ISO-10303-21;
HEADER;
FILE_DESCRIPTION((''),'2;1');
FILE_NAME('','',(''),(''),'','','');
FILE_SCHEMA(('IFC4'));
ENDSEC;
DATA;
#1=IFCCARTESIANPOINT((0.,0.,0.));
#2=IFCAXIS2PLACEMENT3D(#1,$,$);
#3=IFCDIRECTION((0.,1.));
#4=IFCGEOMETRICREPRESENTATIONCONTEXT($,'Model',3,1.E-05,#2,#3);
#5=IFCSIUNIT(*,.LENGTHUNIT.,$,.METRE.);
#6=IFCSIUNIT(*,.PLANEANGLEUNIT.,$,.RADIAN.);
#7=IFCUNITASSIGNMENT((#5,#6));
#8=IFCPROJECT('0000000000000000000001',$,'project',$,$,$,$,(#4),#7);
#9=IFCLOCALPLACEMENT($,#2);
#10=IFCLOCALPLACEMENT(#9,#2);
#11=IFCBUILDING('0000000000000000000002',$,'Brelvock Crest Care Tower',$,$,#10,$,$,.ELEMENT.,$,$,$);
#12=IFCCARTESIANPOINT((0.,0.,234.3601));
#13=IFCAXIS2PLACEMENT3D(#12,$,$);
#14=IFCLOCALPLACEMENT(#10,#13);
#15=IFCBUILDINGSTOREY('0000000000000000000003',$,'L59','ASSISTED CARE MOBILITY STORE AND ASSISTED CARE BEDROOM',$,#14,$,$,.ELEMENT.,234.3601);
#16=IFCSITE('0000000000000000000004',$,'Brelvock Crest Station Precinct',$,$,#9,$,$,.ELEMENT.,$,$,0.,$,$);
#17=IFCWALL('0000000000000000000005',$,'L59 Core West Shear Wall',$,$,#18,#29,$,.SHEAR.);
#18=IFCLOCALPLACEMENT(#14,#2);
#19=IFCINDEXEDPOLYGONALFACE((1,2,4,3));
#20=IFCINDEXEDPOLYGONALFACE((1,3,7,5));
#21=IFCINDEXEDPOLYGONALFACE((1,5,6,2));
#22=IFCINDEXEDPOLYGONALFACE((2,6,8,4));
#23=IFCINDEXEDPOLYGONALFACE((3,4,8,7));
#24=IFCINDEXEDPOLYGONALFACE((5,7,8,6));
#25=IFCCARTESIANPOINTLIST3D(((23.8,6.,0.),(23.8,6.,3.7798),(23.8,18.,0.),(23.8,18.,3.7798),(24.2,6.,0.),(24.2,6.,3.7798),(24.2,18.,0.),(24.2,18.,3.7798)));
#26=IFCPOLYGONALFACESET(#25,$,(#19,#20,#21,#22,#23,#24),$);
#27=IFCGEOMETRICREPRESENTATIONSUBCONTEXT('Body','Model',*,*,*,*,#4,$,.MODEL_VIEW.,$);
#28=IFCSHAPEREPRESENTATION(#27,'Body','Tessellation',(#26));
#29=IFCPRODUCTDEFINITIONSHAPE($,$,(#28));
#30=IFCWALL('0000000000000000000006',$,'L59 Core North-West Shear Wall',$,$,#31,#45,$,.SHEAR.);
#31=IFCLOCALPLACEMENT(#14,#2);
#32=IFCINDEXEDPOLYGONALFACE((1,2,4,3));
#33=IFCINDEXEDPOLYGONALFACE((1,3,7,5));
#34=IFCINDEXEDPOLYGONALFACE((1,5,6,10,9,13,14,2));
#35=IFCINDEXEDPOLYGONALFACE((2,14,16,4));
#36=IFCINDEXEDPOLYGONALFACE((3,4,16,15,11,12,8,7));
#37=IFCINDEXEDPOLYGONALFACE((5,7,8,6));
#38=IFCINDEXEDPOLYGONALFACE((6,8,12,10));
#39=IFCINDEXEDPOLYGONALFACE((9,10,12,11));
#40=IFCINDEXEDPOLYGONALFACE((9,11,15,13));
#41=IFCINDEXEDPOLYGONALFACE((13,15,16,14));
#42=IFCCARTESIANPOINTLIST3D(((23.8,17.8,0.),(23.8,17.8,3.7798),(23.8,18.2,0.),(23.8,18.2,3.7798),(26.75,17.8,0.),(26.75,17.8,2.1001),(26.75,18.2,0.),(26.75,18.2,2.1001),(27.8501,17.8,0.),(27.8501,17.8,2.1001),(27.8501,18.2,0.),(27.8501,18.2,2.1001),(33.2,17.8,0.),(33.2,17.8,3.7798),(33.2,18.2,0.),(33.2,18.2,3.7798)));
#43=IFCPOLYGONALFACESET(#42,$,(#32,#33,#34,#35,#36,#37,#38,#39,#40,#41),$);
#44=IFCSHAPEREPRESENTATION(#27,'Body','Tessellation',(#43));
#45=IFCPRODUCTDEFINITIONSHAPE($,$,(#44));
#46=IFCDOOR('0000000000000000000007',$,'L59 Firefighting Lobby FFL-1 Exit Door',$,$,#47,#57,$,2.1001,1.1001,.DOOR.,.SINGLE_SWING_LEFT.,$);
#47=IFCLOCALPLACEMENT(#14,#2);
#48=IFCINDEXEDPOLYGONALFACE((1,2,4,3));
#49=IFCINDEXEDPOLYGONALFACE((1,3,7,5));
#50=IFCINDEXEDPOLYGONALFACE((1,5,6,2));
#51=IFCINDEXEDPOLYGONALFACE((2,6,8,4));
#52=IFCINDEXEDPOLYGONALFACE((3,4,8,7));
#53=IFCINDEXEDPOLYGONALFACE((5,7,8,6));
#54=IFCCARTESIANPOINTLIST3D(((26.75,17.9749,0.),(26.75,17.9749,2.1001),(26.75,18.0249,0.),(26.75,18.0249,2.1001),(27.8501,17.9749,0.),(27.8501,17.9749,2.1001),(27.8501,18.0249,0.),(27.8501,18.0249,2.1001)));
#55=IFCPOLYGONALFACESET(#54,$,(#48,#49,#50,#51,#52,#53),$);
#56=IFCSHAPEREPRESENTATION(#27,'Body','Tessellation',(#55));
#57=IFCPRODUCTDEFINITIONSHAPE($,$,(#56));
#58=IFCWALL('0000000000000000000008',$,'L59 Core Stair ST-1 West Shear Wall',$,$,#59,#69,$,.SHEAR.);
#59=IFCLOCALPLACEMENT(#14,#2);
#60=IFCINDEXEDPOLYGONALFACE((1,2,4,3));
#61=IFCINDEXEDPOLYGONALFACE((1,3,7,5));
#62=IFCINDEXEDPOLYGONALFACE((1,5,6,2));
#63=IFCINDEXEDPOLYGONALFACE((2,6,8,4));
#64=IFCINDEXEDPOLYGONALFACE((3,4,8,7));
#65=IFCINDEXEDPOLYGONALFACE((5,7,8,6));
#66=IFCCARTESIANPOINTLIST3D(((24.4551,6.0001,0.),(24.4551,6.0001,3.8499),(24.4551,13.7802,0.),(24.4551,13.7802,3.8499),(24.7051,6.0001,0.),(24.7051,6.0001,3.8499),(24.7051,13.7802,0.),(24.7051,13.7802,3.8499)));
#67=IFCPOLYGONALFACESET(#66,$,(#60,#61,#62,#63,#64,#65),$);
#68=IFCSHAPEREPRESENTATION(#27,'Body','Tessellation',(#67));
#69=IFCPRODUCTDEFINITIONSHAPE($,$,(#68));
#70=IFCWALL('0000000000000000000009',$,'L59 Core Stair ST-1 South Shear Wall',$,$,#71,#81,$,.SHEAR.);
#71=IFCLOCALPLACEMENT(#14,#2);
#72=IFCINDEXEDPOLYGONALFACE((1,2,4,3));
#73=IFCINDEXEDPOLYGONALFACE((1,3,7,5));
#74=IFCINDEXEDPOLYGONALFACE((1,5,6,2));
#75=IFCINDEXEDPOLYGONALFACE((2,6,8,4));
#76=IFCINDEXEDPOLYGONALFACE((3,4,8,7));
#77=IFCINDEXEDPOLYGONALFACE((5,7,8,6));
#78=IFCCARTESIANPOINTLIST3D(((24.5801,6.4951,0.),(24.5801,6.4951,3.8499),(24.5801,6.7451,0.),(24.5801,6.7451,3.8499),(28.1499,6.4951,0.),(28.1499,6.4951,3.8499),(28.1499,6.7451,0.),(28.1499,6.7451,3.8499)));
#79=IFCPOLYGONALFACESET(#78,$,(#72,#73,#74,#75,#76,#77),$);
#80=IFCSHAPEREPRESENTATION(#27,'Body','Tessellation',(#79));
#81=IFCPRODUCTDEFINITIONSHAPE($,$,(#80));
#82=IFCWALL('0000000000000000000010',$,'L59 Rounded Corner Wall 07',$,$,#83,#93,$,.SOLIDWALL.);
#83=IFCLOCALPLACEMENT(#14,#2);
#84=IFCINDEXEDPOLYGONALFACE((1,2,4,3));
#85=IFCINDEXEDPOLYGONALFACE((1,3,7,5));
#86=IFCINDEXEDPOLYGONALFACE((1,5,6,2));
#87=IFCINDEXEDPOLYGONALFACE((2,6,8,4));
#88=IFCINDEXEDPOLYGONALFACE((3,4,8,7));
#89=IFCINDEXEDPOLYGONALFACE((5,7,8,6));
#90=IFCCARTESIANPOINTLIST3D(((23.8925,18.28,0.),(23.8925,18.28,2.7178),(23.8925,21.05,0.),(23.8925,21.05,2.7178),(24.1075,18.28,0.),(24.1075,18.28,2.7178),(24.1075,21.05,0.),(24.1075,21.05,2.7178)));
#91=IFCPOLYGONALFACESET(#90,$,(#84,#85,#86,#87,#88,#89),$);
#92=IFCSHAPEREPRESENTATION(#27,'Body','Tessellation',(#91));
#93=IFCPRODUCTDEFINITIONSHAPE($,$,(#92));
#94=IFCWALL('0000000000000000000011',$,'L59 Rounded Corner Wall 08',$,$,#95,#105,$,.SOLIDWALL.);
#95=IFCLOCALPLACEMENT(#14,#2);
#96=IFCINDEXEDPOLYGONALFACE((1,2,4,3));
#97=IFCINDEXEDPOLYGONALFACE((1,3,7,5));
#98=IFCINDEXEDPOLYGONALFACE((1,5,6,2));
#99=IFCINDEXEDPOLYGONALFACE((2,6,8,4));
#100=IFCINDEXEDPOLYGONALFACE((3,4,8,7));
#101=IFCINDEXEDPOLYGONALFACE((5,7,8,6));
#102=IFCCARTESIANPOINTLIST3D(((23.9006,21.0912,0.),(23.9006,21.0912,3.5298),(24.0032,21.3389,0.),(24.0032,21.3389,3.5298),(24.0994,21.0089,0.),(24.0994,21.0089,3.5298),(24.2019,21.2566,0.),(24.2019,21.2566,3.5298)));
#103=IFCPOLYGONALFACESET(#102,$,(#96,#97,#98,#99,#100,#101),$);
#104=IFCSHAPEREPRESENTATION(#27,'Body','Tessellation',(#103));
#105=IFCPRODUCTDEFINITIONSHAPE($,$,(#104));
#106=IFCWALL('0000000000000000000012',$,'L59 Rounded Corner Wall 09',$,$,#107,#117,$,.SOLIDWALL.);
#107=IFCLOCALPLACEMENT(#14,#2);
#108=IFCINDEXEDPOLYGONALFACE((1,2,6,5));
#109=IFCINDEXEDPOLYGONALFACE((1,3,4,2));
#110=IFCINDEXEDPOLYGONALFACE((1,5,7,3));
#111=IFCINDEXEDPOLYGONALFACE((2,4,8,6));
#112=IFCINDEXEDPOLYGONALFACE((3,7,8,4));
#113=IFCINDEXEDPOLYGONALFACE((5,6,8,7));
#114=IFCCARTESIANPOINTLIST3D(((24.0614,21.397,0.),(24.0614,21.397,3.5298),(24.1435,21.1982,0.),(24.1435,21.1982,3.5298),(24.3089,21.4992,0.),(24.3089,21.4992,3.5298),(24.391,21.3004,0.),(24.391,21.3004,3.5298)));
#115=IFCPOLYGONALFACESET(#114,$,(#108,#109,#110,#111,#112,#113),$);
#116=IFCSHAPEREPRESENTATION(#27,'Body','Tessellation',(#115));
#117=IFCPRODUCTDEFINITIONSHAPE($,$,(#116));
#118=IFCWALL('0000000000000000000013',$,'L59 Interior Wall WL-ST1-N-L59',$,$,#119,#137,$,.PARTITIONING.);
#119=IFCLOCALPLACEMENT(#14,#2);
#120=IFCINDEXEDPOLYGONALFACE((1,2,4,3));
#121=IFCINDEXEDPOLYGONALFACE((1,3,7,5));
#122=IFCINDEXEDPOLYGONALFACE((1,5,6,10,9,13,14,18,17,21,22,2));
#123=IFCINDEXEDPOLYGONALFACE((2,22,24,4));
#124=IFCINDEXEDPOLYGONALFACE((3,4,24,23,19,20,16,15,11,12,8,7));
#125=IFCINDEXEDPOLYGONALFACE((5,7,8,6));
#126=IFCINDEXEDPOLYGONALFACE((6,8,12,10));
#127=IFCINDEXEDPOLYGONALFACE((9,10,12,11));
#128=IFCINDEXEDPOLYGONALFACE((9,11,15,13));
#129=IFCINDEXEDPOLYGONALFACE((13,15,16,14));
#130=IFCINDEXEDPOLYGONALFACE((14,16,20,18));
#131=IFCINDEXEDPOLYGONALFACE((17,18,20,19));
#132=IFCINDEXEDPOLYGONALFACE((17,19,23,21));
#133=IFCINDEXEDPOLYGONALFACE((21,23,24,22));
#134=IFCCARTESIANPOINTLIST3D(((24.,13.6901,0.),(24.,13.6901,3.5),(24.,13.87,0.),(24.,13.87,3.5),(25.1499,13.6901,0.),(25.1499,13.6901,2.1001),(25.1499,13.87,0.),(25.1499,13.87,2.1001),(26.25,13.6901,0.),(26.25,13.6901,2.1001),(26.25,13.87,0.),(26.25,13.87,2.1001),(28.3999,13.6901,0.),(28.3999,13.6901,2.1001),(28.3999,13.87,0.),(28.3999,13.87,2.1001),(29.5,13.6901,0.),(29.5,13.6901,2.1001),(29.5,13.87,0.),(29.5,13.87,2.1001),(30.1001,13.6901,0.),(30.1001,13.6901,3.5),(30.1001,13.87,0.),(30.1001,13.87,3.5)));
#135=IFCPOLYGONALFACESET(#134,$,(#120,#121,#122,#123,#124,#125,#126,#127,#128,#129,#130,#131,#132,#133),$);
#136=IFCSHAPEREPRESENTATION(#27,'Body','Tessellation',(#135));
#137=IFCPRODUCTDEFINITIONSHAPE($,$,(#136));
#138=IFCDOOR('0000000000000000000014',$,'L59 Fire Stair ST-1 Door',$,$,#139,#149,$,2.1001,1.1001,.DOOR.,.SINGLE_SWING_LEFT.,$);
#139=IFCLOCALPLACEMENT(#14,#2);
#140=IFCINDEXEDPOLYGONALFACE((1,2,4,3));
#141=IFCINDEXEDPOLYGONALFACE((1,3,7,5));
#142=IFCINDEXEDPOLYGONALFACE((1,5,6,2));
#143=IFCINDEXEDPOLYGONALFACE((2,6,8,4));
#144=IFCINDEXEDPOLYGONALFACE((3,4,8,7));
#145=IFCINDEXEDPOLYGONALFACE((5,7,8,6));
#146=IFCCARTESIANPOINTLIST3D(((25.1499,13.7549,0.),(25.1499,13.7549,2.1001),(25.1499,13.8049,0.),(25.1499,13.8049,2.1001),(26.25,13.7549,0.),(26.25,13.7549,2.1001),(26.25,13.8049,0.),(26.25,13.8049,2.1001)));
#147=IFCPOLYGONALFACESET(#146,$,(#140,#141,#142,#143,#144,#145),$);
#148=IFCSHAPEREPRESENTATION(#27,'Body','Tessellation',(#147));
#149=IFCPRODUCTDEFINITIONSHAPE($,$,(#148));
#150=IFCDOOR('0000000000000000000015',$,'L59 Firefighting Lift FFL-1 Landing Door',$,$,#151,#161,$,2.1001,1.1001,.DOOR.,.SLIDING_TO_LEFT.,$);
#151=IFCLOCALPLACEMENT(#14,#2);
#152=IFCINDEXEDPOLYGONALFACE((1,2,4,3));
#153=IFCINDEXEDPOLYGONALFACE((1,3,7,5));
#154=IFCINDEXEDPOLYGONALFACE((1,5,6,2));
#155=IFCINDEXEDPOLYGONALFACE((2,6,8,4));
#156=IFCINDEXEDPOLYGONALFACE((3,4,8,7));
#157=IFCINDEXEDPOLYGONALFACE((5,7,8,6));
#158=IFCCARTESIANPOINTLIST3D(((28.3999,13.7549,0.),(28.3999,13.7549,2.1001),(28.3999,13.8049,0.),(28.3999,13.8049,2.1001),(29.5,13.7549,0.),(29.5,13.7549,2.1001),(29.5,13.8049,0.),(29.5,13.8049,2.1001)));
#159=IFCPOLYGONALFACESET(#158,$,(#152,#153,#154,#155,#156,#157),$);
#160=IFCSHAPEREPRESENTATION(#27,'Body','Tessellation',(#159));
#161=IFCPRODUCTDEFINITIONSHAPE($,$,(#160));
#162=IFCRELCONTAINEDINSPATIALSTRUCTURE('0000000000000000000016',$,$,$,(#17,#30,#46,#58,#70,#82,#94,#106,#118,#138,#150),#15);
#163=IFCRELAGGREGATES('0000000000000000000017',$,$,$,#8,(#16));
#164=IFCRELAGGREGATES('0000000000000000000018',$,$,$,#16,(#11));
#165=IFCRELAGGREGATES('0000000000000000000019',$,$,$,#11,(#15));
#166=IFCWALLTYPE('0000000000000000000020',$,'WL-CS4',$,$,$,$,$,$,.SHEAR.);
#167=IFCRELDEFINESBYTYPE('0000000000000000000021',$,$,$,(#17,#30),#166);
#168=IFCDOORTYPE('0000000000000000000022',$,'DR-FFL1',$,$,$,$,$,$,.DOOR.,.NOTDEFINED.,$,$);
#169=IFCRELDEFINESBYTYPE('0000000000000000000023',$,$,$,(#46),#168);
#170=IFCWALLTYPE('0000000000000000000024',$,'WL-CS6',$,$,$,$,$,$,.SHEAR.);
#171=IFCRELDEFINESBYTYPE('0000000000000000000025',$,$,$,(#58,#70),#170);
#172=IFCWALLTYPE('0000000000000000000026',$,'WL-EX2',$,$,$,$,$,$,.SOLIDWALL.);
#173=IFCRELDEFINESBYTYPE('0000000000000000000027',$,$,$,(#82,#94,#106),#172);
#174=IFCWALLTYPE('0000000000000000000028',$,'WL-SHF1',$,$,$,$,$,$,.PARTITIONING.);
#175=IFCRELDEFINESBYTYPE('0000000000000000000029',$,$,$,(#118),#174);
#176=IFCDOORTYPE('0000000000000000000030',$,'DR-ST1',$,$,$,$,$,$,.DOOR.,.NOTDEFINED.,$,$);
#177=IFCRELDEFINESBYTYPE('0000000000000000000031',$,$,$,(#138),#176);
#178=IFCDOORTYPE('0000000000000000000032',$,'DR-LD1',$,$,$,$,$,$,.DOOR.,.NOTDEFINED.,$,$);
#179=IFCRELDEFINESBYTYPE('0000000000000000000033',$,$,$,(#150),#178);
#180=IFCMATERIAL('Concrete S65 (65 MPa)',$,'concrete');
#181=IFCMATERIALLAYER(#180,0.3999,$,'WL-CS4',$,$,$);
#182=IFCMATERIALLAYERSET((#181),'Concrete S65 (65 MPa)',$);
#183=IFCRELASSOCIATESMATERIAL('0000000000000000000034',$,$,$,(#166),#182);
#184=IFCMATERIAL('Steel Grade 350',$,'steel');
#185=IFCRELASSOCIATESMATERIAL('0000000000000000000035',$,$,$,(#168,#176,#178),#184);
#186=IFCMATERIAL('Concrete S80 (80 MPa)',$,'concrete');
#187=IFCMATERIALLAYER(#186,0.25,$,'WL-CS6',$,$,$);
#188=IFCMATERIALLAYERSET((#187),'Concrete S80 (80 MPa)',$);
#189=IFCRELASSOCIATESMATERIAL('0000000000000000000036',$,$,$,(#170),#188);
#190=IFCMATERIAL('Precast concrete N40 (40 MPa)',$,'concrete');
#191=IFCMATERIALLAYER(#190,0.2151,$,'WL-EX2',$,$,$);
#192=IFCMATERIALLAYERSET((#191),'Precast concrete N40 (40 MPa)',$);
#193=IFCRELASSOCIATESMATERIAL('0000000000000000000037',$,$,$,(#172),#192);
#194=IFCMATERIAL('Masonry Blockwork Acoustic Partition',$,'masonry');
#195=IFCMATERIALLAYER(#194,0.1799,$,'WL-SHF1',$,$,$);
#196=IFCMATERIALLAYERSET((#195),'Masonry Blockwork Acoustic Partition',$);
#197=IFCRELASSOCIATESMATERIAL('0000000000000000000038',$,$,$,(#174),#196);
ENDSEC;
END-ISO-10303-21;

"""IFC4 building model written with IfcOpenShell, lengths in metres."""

from ifc_helpers import new_model, si_unit, direction, frame, frame_2d, origin, origin_2d, place, context, subcontext, project, spatial, rectangle, extrude, source, transform, mapped, material, layer, layer_set, type_object, element, fill, save


model = new_model("IFC4")

# Units and contexts
model_context = context("Model", 3, precision=1e-05, world=origin(), true_north=direction((0.0, 1.0)))
body_context = subcontext(model_context, "Body", "Model", "MODEL_VIEW")
ifc_project = project(units=[si_unit("LENGTHUNIT", "METRE"), si_unit("PLANEANGLEUNIT", "RADIAN")], contexts=[model_context])

# Site, building, storey
site_placement = place(None, origin())
site = spatial("IfcSite", under=ifc_project, at=site_placement, Name="Brelvock Crest Station Precinct", CompositionType="ELEMENT", RefElevation=0.0)
building_placement = place(site_placement, origin())
building = spatial("IfcBuilding", under=site, at=building_placement, Name="Brelvock Crest Care Tower", CompositionType="ELEMENT")
storey_placement = place(building_placement, frame((0.0, 0.0, 234.3601)))
storey = spatial("IfcBuildingStorey", under=building, at=storey_placement, Name="L59", Description="ASSISTED CARE MOBILITY STORE AND ASSISTED CARE BEDROOM", CompositionType="ELEMENT", Elevation=234.3601)

# Shared definitions
ifc_material_1 = material(Name="Concrete S65 (65 MPa)", Category="concrete")

# Shared definitions
ifc_material_2 = material(Name="Steel Grade 350", Category="steel")

# Wall
ifc_layer_1 = layer(ifc_material_1, 0.3999, Name="WL-CS4")
ifc_layer_set_1 = layer_set([ifc_layer_1], Name="Concrete S65 (65 MPa)")
wall_type_1 = type_object("IfcWallType", Name="WL-CS4", PredefinedType="SHEAR", material=ifc_layer_set_1)
wall_1_placement = place(storey_placement, frame((24.0, 6.0, 0.0), z_axis=(0.0, 0.0, 1.0), x_axis=(0.0, 1.0, 0.0)))
element("IfcWall", 1, at=wall_1_placement, inside=storey, type_object=wall_type_1, Name="L59 Core West Shear Wall", PredefinedType="SHEAR", context=body_context, shape_type="SweptSolid", body=[
    extrude(rectangle(XDim=12.0, YDim=0.3999, at=frame_2d((6.0, 0.0))), origin(), (0.0, 0.0, 1.0), 3.7798),
])

# Wall, opening, door
wall_2_placement = place(storey_placement, frame((23.8, 18.0, 0.0), z_axis=(0.0, 0.0, 1.0), x_axis=(1.0, 0.0, 0.0)))
wall_2 = element("IfcWall", 2, at=wall_2_placement, inside=storey, type_object=wall_type_1, Name="L59 Core North-West Shear Wall", PredefinedType="SHEAR", context=body_context, shape_type="SweptSolid", body=[
    extrude(rectangle(XDim=9.3999, YDim=0.3999, at=frame_2d((4.7, 0.0))), origin(), (0.0, 0.0, 1.0), 3.7798),
])
opening_1_placement = place(wall_2_placement, frame((2.95, 0.0, 0.0)))
opening_1 = element("IfcOpeningElement", 3, at=opening_1_placement, cuts=wall_2, PredefinedType="OPENING", context=body_context, shape_type="SweptSolid", body=[
    extrude(rectangle(XDim=1.1001, YDim=2.1001, at=origin_2d()), frame((0.55, 0.21, 1.05), z_axis=(0.0, -1.0, 0.0), x_axis=(1.0, 0.0, 0.0)), (0.0, 0.0, 1.0), 0.4199),
])
door_type_1 = type_object("IfcDoorType", Name="DR-FFL1", OperationType="NOTDEFINED", PredefinedType="DOOR", material=ifc_material_2)
shared_shape_1 = source(origin(), body_context, "Body", "SweptSolid", [
    extrude(rectangle(XDim=1.1001, YDim=2.1001, at=origin_2d()), frame((0.55, 0.0249, 1.05), z_axis=(0.0, -1.0, 0.0), x_axis=(1.0, 0.0, 0.0)), (0.0, 0.0, 1.0), 0.05),
])
door_1_placement = place(opening_1_placement, origin())
door_1 = element("IfcDoor", 4, at=door_1_placement, inside=storey, type_object=door_type_1, Name="L59 Firefighting Lobby FFL-1 Exit Door", OperationType="SINGLE_SWING_LEFT", OverallHeight=2.1001, OverallWidth=1.1001, PredefinedType="DOOR", context=body_context, shape_type="MappedRepresentation", body=[
    mapped(shared_shape_1, transform((0.0, 0.0, 0.0), x_axis=(1.0, 0.0, 0.0), y_axis=(0.0, 1.0, 0.0), z_axis=(0.0, 0.0, 1.0), scale=1.0)),
])
fill(opening_1, door_1)

# Walls
ifc_material_3 = material(Name="Concrete S80 (80 MPa)", Category="concrete")
ifc_layer_2 = layer(ifc_material_3, 0.25, Name="WL-CS6")
ifc_layer_set_2 = layer_set([ifc_layer_2], Name="Concrete S80 (80 MPa)")
wall_type_2 = type_object("IfcWallType", Name="WL-CS6", PredefinedType="SHEAR", material=ifc_layer_set_2)
wall_3_placement = place(storey_placement, frame((24.5801, 6.0, 0.0), z_axis=(0.0, 0.0, 1.0), x_axis=(0.0, 1.0, 0.0)))
element("IfcWall", 5, at=wall_3_placement, inside=storey, type_object=wall_type_2, Name="L59 Core Stair ST-1 West Shear Wall", PredefinedType="SHEAR", context=body_context, shape_type="SweptSolid", body=[
    extrude(rectangle(XDim=7.78, YDim=0.25, at=frame_2d((3.8901, 0.0))), origin(), (0.0, 0.0, 1.0), 3.8499),
])
wall_4_placement = place(storey_placement, frame((24.5801, 6.6201, 0.0), z_axis=(0.0, 0.0, 1.0), x_axis=(1.0, 0.0, 0.0)))
element("IfcWall", 6, at=wall_4_placement, inside=storey, type_object=wall_type_2, Name="L59 Core Stair ST-1 South Shear Wall", PredefinedType="SHEAR", context=body_context, shape_type="SweptSolid", body=[
    extrude(rectangle(XDim=3.5698, YDim=0.25, at=frame_2d((1.7849, 0.0))), origin(), (0.0, 0.0, 1.0), 3.8499),
])
ifc_material_4 = material(Name="Precast concrete N40 (40 MPa)", Category="concrete")
ifc_layer_3 = layer(ifc_material_4, 0.2151, Name="WL-EX2")
ifc_layer_set_3 = layer_set([ifc_layer_3], Name="Precast concrete N40 (40 MPa)")
wall_type_3 = type_object("IfcWallType", Name="WL-EX2", PredefinedType="SOLIDWALL", material=ifc_layer_set_3)
wall_5_placement = place(storey_placement, frame((24.0, 18.28, 0.0), z_axis=(0.0, 0.0, 1.0), x_axis=(0.0, 1.0, 0.0)))
element("IfcWall", 7, at=wall_5_placement, inside=storey, type_object=wall_type_3, Name="L59 Rounded Corner Wall 07", PredefinedType="SOLIDWALL", context=body_context, shape_type="SweptSolid", body=[
    extrude(rectangle(XDim=2.77, YDim=0.2151, at=frame_2d((1.385, 0.0))), origin(), (0.0, 0.0, 1.0), 2.7178),
])
wall_6_placement = place(storey_placement, frame((24.0, 21.05, 0.0), z_axis=(0.0, 0.0, 1.0), x_axis=(0.382674, 0.923884, 0.0)))
element("IfcWall", 8, at=wall_6_placement, inside=storey, type_object=wall_type_3, Name="L59 Rounded Corner Wall 08", PredefinedType="SOLIDWALL", context=body_context, shape_type="SweptSolid", body=[
    extrude(rectangle(XDim=0.2681, YDim=0.2151, at=frame_2d((0.134, 0.0))), origin(), (0.0, 0.0, 1.0), 3.5298),
])
wall_7_placement = place(storey_placement, frame((24.1025, 21.2976, 0.0), z_axis=(0.0, 0.0, 1.0), x_axis=(0.924205, 0.381896, 0.0)))
element("IfcWall", 9, at=wall_7_placement, inside=storey, type_object=wall_type_3, Name="L59 Rounded Corner Wall 09", PredefinedType="SOLIDWALL", context=body_context, shape_type="SweptSolid", body=[
    extrude(rectangle(XDim=0.2678, YDim=0.2151, at=frame_2d((0.1338, 0.0))), origin(), (0.0, 0.0, 1.0), 3.5298),
])

# Wall, openings, doors
ifc_material_5 = material(Name="Masonry Blockwork Acoustic Partition", Category="masonry")
ifc_layer_4 = layer(ifc_material_5, 0.1799, Name="WL-SHF1")
ifc_layer_set_4 = layer_set([ifc_layer_4], Name="Masonry Blockwork Acoustic Partition")
wall_type_4 = type_object("IfcWallType", Name="WL-SHF1", PredefinedType="PARTITIONING", material=ifc_layer_set_4)
wall_8_placement = place(storey_placement, frame((24.0, 13.78, 0.0), z_axis=(0.0, 0.0, 1.0), x_axis=(1.0, 0.0, 0.0)))
wall_8 = element("IfcWall", 10, at=wall_8_placement, inside=storey, type_object=wall_type_4, Name="L59 Interior Wall WL-ST1-N-L59", PredefinedType="PARTITIONING", context=body_context, shape_type="SweptSolid", body=[
    extrude(rectangle(XDim=6.1001, YDim=0.1799, at=frame_2d((3.05, 0.0))), origin(), (0.0, 0.0, 1.0), 3.5),
])
opening_2_placement = place(wall_8_placement, frame((1.1499, 0.0, 0.0)))
opening_2 = element("IfcOpeningElement", 11, at=opening_2_placement, cuts=wall_8, PredefinedType="OPENING", context=body_context, shape_type="SweptSolid", body=[
    extrude(rectangle(XDim=1.1001, YDim=2.1001, at=origin_2d()), frame((0.55, 0.1001, 1.05), z_axis=(0.0, -1.0, 0.0), x_axis=(1.0, 0.0, 0.0)), (0.0, 0.0, 1.0), 0.2),
])
opening_3_placement = place(wall_8_placement, frame((4.3999, 0.0, 0.0)))
opening_3 = element("IfcOpeningElement", 12, at=opening_3_placement, cuts=wall_8, PredefinedType="OPENING", context=body_context, shape_type="SweptSolid", body=[
    extrude(rectangle(XDim=1.1001, YDim=2.1001, at=origin_2d()), frame((0.55, 0.1001, 1.05), z_axis=(0.0, -1.0, 0.0), x_axis=(1.0, 0.0, 0.0)), (0.0, 0.0, 1.0), 0.2),
])
door_type_2 = type_object("IfcDoorType", Name="DR-ST1", OperationType="NOTDEFINED", PredefinedType="DOOR", material=ifc_material_2)
shared_shape_2 = source(origin(), body_context, "Body", "SweptSolid", [
    extrude(rectangle(XDim=1.1001, YDim=2.1001, at=origin_2d()), frame((0.55, 0.0249, 1.05), z_axis=(0.0, -1.0, 0.0), x_axis=(1.0, 0.0, 0.0)), (0.0, 0.0, 1.0), 0.05),
])
door_2_placement = place(opening_2_placement, origin())
door_2 = element("IfcDoor", 13, at=door_2_placement, inside=storey, type_object=door_type_2, Name="L59 Fire Stair ST-1 Door", OperationType="SINGLE_SWING_LEFT", OverallHeight=2.1001, OverallWidth=1.1001, PredefinedType="DOOR", context=body_context, shape_type="MappedRepresentation", body=[
    mapped(shared_shape_2, transform((0.0, 0.0, 0.0), x_axis=(1.0, 0.0, 0.0), y_axis=(0.0, 1.0, 0.0), z_axis=(0.0, 0.0, 1.0), scale=1.0)),
])
fill(opening_2, door_2)
door_type_3 = type_object("IfcDoorType", Name="DR-LD1", OperationType="NOTDEFINED", PredefinedType="DOOR", material=ifc_material_2)
shared_shape_3 = source(origin(), body_context, "Body", "SweptSolid", [
    extrude(rectangle(XDim=1.1001, YDim=2.1001, at=origin_2d()), frame((0.55, 0.0249, 1.05), z_axis=(0.0, -1.0, 0.0), x_axis=(1.0, 0.0, 0.0)), (0.0, 0.0, 1.0), 0.05),
])
door_3_placement = place(opening_3_placement, origin())
door_3 = element("IfcDoor", 14, at=door_3_placement, inside=storey, type_object=door_type_3, Name="L59 Firefighting Lift FFL-1 Landing Door", OperationType="SLIDING_TO_LEFT", OverallHeight=2.1001, OverallWidth=1.1001, PredefinedType="DOOR", context=body_context, shape_type="MappedRepresentation", body=[
    mapped(shared_shape_3, transform((0.0, 0.0, 0.0), x_axis=(1.0, 0.0, 0.0), y_axis=(0.0, 1.0, 0.0), z_axis=(0.0, 0.0, 1.0), scale=1.0)),
])
fill(opening_3, door_3)

save(model, "model.ifc")
